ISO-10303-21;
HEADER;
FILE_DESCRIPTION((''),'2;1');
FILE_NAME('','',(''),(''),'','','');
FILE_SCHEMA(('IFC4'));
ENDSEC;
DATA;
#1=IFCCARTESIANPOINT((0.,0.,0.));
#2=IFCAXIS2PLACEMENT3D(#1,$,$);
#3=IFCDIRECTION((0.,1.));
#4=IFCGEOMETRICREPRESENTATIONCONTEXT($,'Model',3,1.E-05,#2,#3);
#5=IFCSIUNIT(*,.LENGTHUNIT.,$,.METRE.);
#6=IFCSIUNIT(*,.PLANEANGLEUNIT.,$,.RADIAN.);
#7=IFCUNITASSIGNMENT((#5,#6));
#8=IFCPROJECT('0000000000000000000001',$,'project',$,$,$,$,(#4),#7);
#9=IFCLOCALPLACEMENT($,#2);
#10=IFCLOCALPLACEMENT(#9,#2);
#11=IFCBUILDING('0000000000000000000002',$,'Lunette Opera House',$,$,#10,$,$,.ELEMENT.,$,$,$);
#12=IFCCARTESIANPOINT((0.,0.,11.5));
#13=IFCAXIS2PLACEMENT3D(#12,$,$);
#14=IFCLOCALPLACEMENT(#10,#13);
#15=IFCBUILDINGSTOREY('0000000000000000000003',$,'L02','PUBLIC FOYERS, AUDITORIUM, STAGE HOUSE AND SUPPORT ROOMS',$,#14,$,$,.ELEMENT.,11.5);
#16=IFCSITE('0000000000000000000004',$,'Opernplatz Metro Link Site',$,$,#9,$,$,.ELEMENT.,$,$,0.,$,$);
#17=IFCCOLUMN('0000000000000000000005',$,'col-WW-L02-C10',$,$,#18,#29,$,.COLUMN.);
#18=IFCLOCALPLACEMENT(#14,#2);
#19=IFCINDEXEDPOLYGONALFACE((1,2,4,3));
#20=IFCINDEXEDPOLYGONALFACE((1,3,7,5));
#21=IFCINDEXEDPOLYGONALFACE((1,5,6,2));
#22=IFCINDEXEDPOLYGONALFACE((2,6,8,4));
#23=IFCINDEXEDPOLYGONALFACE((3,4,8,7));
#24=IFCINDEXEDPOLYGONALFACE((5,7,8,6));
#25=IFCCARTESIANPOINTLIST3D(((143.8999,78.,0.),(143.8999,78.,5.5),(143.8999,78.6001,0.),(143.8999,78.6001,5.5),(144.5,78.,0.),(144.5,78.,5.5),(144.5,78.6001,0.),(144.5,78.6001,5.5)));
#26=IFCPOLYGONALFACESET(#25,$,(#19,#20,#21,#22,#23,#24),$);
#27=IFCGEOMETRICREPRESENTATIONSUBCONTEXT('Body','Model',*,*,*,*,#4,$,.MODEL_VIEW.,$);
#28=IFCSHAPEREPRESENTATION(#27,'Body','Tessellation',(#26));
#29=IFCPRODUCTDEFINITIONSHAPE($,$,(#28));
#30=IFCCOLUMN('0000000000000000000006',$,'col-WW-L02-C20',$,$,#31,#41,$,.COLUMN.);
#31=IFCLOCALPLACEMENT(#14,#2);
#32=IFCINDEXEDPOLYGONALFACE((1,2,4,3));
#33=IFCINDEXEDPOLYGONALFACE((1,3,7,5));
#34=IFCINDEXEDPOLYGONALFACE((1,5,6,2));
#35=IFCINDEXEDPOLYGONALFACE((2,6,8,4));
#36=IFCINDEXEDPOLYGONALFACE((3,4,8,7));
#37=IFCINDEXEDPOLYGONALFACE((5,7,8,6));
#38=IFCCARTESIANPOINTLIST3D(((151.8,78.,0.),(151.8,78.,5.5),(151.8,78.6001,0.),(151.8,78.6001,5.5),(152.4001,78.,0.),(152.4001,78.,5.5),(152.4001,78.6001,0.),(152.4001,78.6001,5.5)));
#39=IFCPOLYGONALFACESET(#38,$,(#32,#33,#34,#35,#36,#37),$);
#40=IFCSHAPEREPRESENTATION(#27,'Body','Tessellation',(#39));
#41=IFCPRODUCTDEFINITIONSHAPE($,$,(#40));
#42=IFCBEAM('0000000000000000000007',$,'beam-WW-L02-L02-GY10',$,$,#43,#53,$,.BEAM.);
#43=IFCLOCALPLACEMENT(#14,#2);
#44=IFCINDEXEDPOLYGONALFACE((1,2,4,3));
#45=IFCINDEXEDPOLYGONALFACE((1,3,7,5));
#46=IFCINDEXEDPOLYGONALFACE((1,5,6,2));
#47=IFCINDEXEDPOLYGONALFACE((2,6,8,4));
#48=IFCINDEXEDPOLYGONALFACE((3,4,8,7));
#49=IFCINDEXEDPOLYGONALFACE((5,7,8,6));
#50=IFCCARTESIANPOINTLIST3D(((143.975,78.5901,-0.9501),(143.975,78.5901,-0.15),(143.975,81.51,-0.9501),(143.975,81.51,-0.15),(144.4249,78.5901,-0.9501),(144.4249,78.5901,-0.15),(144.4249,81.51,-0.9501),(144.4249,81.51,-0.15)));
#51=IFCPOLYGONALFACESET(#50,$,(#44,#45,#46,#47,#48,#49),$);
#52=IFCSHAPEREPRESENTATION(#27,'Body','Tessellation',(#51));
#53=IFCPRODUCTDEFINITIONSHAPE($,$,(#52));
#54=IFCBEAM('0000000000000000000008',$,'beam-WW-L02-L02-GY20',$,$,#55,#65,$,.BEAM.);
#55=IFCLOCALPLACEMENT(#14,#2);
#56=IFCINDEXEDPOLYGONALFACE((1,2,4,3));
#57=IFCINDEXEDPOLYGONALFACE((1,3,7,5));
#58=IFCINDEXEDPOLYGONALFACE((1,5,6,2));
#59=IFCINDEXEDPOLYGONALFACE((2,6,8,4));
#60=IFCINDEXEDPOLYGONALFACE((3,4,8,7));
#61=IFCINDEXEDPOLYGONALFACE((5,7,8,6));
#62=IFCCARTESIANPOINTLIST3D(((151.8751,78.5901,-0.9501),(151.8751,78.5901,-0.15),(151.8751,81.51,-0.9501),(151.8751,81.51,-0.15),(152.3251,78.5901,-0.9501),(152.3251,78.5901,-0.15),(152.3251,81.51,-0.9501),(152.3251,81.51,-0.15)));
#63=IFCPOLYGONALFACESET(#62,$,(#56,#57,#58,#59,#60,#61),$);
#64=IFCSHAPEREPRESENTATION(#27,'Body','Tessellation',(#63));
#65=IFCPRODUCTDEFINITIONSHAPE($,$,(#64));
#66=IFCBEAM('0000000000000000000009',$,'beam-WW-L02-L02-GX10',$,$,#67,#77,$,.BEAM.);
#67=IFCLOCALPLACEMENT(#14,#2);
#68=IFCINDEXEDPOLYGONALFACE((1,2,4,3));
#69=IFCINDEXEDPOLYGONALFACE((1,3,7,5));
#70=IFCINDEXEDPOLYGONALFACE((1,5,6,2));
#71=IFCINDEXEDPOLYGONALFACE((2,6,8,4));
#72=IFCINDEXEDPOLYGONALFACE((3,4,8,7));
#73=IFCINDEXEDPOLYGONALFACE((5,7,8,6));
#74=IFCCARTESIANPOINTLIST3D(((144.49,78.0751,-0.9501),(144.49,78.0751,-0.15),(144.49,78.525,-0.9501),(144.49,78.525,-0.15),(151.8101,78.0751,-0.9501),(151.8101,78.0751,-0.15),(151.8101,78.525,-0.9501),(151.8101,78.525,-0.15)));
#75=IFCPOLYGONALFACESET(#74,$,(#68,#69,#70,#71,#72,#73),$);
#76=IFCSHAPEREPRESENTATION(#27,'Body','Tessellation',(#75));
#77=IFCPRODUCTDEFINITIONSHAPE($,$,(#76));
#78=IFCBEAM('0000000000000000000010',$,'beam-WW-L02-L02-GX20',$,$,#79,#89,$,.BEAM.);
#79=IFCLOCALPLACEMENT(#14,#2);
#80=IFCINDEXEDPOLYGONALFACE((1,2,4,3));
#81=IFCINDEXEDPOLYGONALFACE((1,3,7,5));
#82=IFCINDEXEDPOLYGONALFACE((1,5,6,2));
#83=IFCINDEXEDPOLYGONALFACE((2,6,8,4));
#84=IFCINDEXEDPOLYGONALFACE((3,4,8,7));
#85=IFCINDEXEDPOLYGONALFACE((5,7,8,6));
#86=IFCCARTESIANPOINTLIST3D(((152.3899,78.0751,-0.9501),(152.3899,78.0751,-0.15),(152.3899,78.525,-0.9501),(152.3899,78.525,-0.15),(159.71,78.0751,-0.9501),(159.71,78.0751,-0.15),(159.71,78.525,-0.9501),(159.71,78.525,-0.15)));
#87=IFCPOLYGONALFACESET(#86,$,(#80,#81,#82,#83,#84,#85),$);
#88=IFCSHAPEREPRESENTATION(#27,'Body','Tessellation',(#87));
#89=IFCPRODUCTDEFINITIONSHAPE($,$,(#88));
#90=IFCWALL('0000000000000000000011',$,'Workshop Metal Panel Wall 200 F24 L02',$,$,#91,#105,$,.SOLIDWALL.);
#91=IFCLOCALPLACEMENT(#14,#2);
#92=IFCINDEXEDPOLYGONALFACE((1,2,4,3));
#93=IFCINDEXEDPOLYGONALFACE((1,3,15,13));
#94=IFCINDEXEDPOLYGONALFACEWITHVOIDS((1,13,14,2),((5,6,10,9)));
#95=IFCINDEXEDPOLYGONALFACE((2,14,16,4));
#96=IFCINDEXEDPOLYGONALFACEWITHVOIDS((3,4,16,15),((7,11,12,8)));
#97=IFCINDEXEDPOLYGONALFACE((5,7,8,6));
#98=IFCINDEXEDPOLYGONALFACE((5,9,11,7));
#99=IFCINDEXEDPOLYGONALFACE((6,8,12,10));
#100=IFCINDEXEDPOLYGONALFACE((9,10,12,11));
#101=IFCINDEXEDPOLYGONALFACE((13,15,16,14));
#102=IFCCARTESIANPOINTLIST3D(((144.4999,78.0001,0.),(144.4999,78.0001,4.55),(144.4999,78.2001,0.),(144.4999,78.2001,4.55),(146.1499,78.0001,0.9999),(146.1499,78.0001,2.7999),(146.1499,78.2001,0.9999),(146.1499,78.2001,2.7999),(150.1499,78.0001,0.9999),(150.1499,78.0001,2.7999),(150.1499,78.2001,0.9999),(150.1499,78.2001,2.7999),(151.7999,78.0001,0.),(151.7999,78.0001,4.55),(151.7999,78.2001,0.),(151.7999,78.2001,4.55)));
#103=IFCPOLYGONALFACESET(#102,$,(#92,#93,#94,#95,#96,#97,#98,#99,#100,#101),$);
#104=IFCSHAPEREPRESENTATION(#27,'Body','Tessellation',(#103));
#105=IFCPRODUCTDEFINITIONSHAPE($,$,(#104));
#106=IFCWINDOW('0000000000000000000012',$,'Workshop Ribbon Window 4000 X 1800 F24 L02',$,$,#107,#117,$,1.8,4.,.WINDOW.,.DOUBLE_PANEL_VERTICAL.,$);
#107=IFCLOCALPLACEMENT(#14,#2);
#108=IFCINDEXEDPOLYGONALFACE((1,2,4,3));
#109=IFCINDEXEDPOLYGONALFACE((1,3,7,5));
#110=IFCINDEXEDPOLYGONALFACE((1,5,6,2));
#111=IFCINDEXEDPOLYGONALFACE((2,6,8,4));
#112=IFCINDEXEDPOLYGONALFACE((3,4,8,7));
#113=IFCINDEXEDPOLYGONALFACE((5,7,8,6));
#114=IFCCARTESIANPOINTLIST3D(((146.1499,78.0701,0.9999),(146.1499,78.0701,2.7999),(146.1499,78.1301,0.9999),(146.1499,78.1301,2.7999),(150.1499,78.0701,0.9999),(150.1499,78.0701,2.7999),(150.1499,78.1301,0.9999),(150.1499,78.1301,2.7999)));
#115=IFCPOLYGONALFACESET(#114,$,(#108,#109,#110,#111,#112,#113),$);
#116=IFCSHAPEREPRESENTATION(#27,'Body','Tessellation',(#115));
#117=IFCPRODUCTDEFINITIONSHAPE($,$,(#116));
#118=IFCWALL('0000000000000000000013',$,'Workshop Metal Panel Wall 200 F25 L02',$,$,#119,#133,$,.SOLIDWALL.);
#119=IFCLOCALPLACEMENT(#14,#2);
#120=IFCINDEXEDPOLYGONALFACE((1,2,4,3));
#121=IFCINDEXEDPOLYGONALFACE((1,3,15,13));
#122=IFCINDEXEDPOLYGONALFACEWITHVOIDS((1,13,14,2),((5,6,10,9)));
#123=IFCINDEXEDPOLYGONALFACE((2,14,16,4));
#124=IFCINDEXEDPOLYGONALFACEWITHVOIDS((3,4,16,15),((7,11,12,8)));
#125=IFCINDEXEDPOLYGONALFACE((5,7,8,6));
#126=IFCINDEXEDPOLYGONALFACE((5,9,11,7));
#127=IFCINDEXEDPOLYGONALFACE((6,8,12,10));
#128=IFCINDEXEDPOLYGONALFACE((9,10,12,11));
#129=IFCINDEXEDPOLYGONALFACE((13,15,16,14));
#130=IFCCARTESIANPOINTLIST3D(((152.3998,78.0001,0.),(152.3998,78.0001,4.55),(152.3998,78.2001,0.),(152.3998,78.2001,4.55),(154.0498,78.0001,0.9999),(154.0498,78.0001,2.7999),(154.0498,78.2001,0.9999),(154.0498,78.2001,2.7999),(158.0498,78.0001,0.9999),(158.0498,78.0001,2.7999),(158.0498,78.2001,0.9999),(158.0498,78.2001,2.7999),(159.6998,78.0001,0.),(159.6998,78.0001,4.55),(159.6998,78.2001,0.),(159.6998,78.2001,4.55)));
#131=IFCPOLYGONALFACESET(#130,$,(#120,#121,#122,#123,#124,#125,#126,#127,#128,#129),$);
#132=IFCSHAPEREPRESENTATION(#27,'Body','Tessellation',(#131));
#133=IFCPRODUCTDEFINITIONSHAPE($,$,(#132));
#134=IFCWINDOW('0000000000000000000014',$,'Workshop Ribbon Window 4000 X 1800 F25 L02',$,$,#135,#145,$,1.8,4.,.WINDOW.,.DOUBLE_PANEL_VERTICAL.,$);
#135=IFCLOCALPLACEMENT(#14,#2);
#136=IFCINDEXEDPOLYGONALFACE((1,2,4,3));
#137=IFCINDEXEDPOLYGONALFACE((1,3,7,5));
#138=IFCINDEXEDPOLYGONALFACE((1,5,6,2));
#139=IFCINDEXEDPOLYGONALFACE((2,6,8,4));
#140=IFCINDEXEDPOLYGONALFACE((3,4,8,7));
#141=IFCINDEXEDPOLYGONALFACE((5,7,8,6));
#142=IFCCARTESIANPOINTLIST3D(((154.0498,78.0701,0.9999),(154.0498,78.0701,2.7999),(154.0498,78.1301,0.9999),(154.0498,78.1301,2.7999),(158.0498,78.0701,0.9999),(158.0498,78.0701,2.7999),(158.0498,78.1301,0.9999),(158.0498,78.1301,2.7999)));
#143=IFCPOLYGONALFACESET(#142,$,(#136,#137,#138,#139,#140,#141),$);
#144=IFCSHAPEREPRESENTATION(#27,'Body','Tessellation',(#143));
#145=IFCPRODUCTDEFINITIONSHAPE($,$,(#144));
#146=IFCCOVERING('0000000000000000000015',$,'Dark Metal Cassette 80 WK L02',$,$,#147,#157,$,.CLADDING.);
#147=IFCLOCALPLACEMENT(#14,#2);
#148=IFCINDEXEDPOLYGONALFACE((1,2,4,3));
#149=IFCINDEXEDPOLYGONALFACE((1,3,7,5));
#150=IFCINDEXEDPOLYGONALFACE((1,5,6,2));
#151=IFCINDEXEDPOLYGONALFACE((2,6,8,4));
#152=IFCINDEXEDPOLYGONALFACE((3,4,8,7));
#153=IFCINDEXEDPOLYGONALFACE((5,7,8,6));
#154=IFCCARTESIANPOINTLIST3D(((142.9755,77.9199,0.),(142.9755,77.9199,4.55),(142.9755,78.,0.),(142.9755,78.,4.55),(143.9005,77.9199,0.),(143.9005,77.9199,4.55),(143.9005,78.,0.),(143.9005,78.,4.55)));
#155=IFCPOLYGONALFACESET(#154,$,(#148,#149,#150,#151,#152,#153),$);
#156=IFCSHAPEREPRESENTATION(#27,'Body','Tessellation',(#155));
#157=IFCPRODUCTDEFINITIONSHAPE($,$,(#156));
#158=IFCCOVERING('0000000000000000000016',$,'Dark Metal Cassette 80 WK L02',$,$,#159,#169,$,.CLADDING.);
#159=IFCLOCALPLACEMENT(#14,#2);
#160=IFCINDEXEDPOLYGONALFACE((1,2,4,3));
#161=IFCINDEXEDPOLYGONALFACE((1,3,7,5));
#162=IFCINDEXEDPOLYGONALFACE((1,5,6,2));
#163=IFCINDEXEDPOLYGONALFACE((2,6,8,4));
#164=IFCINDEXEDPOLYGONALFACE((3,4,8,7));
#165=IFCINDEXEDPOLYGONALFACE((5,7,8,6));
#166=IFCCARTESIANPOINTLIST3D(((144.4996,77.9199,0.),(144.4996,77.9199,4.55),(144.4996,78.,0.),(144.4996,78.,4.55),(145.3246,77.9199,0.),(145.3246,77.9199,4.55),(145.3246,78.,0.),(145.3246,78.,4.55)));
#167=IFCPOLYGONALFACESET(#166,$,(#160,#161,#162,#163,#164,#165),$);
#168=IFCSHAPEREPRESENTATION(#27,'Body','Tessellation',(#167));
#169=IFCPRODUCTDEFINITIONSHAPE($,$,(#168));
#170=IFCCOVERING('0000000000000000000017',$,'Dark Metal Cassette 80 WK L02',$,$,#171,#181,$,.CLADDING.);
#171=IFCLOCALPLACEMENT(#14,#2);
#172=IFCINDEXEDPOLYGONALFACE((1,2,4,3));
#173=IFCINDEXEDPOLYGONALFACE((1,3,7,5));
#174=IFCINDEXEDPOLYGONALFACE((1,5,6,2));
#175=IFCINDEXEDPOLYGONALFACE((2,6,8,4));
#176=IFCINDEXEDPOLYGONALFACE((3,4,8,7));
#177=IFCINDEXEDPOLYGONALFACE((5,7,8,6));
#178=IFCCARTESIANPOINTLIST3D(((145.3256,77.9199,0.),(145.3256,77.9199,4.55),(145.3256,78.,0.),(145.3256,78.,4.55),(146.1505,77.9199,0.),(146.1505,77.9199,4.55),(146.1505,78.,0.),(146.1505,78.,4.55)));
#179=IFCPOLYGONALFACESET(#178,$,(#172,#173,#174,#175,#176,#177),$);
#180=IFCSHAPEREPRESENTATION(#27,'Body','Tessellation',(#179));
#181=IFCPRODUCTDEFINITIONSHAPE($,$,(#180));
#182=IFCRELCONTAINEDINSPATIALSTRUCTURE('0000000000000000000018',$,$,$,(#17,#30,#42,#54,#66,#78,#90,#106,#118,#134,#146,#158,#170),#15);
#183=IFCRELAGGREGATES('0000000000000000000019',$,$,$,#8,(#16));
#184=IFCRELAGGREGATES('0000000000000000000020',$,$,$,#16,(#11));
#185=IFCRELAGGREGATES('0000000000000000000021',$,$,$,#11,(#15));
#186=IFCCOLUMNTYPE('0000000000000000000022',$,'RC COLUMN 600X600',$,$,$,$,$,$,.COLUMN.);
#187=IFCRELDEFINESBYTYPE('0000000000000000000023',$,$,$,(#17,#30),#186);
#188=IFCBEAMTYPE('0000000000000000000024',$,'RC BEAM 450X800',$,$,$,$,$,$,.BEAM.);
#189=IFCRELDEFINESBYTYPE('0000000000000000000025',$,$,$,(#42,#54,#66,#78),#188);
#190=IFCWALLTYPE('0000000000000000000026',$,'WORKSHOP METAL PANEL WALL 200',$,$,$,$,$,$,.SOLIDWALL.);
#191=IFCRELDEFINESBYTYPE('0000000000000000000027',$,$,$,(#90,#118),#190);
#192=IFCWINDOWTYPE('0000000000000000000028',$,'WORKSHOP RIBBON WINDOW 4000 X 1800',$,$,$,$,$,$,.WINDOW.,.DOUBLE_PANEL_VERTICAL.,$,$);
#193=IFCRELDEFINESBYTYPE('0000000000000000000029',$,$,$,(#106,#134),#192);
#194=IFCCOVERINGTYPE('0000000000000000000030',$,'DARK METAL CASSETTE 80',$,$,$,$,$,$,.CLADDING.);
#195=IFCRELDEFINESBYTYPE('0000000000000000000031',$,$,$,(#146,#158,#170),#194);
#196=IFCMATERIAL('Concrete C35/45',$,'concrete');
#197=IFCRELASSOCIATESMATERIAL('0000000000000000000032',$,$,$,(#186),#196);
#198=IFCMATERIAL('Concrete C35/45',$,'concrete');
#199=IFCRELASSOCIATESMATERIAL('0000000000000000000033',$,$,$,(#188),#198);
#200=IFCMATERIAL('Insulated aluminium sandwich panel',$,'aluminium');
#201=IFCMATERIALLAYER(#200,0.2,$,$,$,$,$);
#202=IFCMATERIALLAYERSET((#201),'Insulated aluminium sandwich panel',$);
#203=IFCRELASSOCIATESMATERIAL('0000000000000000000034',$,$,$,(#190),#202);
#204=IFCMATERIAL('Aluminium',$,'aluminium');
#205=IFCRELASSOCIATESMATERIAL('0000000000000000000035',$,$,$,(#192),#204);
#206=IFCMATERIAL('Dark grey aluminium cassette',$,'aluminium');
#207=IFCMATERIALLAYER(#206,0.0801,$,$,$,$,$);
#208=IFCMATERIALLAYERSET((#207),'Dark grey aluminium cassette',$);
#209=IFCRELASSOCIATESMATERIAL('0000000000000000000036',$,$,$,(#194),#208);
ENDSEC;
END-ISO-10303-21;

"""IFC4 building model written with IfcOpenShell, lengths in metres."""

from ifc_helpers import new_model, si_unit, direction, frame, frame_2d, origin, origin_2d, place, context, subcontext, project, spatial, rectangle, extrude, material, layer, layer_set, material_profile, profile_set, type_object, element, fill, save


model = new_model("IFC4")

# Units and contexts
model_context = context("Model", 3, precision=1e-05, world=origin(), true_north=direction((0.0, 1.0)))
body_context = subcontext(model_context, "Body", "Model", "MODEL_VIEW")
ifc_project = project(units=[si_unit("LENGTHUNIT", "METRE"), si_unit("PLANEANGLEUNIT", "RADIAN")], contexts=[model_context])

# Site, building, storey
site_placement = place(None, origin())
site = spatial("IfcSite", under=ifc_project, at=site_placement, Name="Opernplatz Metro Link Site", CompositionType="ELEMENT", RefElevation=0.0)
building_placement = place(site_placement, origin())
building = spatial("IfcBuilding", under=site, at=building_placement, Name="Lunette Opera House", CompositionType="ELEMENT")
storey_placement = place(building_placement, frame((0.0, 0.0, 11.5)))
storey = spatial("IfcBuildingStorey", under=building, at=storey_placement, Name="L02", Description="PUBLIC FOYERS, AUDITORIUM, STAGE HOUSE AND SUPPORT ROOMS", CompositionType="ELEMENT", Elevation=11.5)

# Columns
ifc_material_1 = material(Name="Concrete C35/45", Category="concrete")
ifc_material_profile_1 = material_profile(ifc_material_1, rectangle(XDim=0.6001, YDim=0.6001, at=origin_2d()), Name="RC COLUMN 600X600")
ifc_profile_set_1 = profile_set([ifc_material_profile_1], Name="Concrete C35/45")
column_type = type_object("IfcColumnType", Name="RC COLUMN 600X600", PredefinedType="COLUMN", material=ifc_profile_set_1)
for number, where, z_axis, x_axis, name in (
    (1, (144.2, 78.3, 0.0), (0.0, 0.0, 1.0), (1.0, 0.0, 0.0), "col-WW-L02-C10"),
    (2, (152.1001, 78.3, 0.0), (0.0, 0.0, 1.0), (1.0, 0.0, 0.0), "col-WW-L02-C20"),
):
    element("IfcColumn", number, at=place(storey_placement, frame(where, z_axis=z_axis, x_axis=x_axis)), inside=storey, type_object=column_type, Name=name, PredefinedType="COLUMN", context=body_context, shape_type="SweptSolid", body=[
        extrude(rectangle(XDim=0.6001, YDim=0.6001, at=origin_2d()), origin(), (0.0, 0.0, 1.0), 5.5),
    ])

# Beams
ifc_material_2 = material(Name="Concrete C35/45", Category="concrete")
ifc_material_profile_2 = material_profile(ifc_material_2, rectangle(XDim=0.45, YDim=0.8, at=origin_2d()), Name="RC BEAM 450X800")
ifc_profile_set_2 = profile_set([ifc_material_profile_2], Name="Concrete C35/45")
beam_type = type_object("IfcBeamType", Name="RC BEAM 450X800", PredefinedType="BEAM", material=ifc_profile_set_2)
for number, where, z_axis, x_axis, name in (
    (3, (144.2, 78.5901, -0.55), (0.0, 1.0, 0.0), (-1.0, 0.0, 0.0), "beam-WW-L02-L02-GY10"),
    (4, (152.1001, 78.5901, -0.55), (0.0, 1.0, 0.0), (-1.0, 0.0, 0.0), "beam-WW-L02-L02-GY20"),
):
    element("IfcBeam", number, at=place(storey_placement, frame(where, z_axis=z_axis, x_axis=x_axis)), inside=storey, type_object=beam_type, Name=name, PredefinedType="BEAM", context=body_context, shape_type="SweptSolid", body=[
        extrude(rectangle(XDim=0.45, YDim=0.8, at=origin_2d()), origin(), (0.0, 0.0, 1.0), 2.9199),
    ])
for number, where, z_axis, x_axis, name in (
    (5, (144.49, 78.3, -0.55), (1.0, 0.0, 0.0), (0.0, 1.0, 0.0), "beam-WW-L02-L02-GX10"),
    (6, (152.3899, 78.3, -0.55), (1.0, 0.0, 0.0), (0.0, 1.0, 0.0), "beam-WW-L02-L02-GX20"),
):
    element("IfcBeam", number, at=place(storey_placement, frame(where, z_axis=z_axis, x_axis=x_axis)), inside=storey, type_object=beam_type, Name=name, PredefinedType="BEAM", context=body_context, shape_type="SweptSolid", body=[
        extrude(rectangle(XDim=0.45, YDim=0.8, at=origin_2d()), origin(), (0.0, 0.0, 1.0), 7.3201),
    ])

# Walls, openings, windows
ifc_material_3 = material(Name="Insulated aluminium sandwich panel", Category="aluminium")
ifc_layer_1 = layer(ifc_material_3, 0.2)
ifc_layer_set_1 = layer_set([ifc_layer_1], Name="Insulated aluminium sandwich panel")
wall_type = type_object("IfcWallType", Name="WORKSHOP METAL PANEL WALL 200", PredefinedType="SOLIDWALL", material=ifc_layer_set_1)
wall_1_placement = place(storey_placement, frame((144.5, 78.1001, 0.0), z_axis=(0.0, 0.0, 1.0), x_axis=(1.0, 0.0, 0.0)))
wall_1 = element("IfcWall", 7, at=wall_1_placement, inside=storey, type_object=wall_type, Name="Workshop Metal Panel Wall 200 F24 L02", PredefinedType="SOLIDWALL", context=body_context, shape_type="SweptSolid", body=[
    extrude(rectangle(XDim=7.3, YDim=0.2, at=frame_2d((3.6499, 0.0))), origin(), (0.0, 0.0, 1.0), 4.55),
])
opening_1_placement = place(wall_1_placement, frame((1.6499, 0.0, 1.0)))
opening_1 = element("IfcOpeningElement", 8, at=opening_1_placement, cuts=wall_1, PredefinedType="OPENING", context=body_context, shape_type="SweptSolid", body=[
    extrude(rectangle(XDim=4.0, YDim=1.8, at=frame_2d((2.0, 0.8999))), frame((0.0, 0.1121, 0.0), z_axis=(0.0, -1.0, 0.0), x_axis=(1.0, 0.0, 0.0)), (0.0, 0.0, 1.0), 0.2239),
])
ifc_material_4 = material(Name="Aluminium", Category="aluminium")
window_type = type_object("IfcWindowType", Name="WORKSHOP RIBBON WINDOW 4000 X 1800", PartitioningType="DOUBLE_PANEL_VERTICAL", PredefinedType="WINDOW", material=ifc_material_4)
window_1_placement = place(opening_1_placement, origin())
window_1 = element("IfcWindow", 9, at=window_1_placement, inside=storey, type_object=window_type, Name="Workshop Ribbon Window 4000 X 1800 F24 L02", OverallHeight=1.8, OverallWidth=4.0, PartitioningType="DOUBLE_PANEL_VERTICAL", PredefinedType="WINDOW", context=body_context, shape_type="SweptSolid", body=[
    extrude(rectangle(XDim=4.0, YDim=1.8, at=frame_2d((2.0, 0.8999))), frame((0.0, 0.03, 0.0), z_axis=(0.0, -1.0, 0.0), x_axis=(1.0, 0.0, 0.0)), (0.0, 0.0, 1.0), 0.0601),
])
fill(opening_1, window_1)
wall_2_placement = place(storey_placement, frame((152.3999, 78.1001, 0.0), z_axis=(0.0, 0.0, 1.0), x_axis=(1.0, 0.0, 0.0)))
wall_2 = element("IfcWall", 10, at=wall_2_placement, inside=storey, type_object=wall_type, Name="Workshop Metal Panel Wall 200 F25 L02", PredefinedType="SOLIDWALL", context=body_context, shape_type="SweptSolid", body=[
    extrude(rectangle(XDim=7.3, YDim=0.2, at=frame_2d((3.6499, 0.0))), origin(), (0.0, 0.0, 1.0), 4.55),
])
opening_2_placement = place(wall_2_placement, frame((1.6499, 0.0, 1.0)))
opening_2 = element("IfcOpeningElement", 11, at=opening_2_placement, cuts=wall_2, PredefinedType="OPENING", context=body_context, shape_type="SweptSolid", body=[
    extrude(rectangle(XDim=4.0, YDim=1.8, at=frame_2d((2.0, 0.8999))), frame((0.0, 0.1121, 0.0), z_axis=(0.0, -1.0, 0.0), x_axis=(1.0, 0.0, 0.0)), (0.0, 0.0, 1.0), 0.2239),
])
window_2_placement = place(opening_2_placement, origin())
window_2 = element("IfcWindow", 12, at=window_2_placement, inside=storey, type_object=window_type, Name="Workshop Ribbon Window 4000 X 1800 F25 L02", OverallHeight=1.8, OverallWidth=4.0, PartitioningType="DOUBLE_PANEL_VERTICAL", PredefinedType="WINDOW", context=body_context, shape_type="SweptSolid", body=[
    extrude(rectangle(XDim=4.0, YDim=1.8, at=frame_2d((2.0, 0.8999))), frame((0.0, 0.03, 0.0), z_axis=(0.0, -1.0, 0.0), x_axis=(1.0, 0.0, 0.0)), (0.0, 0.0, 1.0), 0.0601),
])
fill(opening_2, window_2)

# Coverings
ifc_material_5 = material(Name="Dark grey aluminium cassette", Category="aluminium")
ifc_layer_2 = layer(ifc_material_5, 0.0801)
ifc_layer_set_2 = layer_set([ifc_layer_2], Name="Dark grey aluminium cassette")
covering_type = type_object("IfcCoveringType", Name="DARK METAL CASSETTE 80", PredefinedType="CLADDING", material=ifc_layer_set_2)
covering_1_placement = place(storey_placement, frame((143.438, 77.96, 0.0), z_axis=(0.0, 0.0, 1.0), x_axis=(1.0, 0.0, 0.0)))
element("IfcCovering", 13, at=covering_1_placement, inside=storey, type_object=covering_type, Name="Dark Metal Cassette 80 WK L02", PredefinedType="CLADDING", context=body_context, shape_type="SweptSolid", body=[
    extrude(rectangle(XDim=0.925, YDim=0.0801, at=origin_2d()), origin(), (0.0, 0.0, 1.0), 4.55),
])
for number, where, z_axis, x_axis, name in (
    (14, (144.9121, 77.96, 0.0), (0.0, 0.0, 1.0), (1.0, 0.0, 0.0), "Dark Metal Cassette 80 WK L02"),
    (15, (145.738, 77.96, 0.0), (0.0, 0.0, 1.0), (1.0, 0.0, 0.0), "Dark Metal Cassette 80 WK L02"),
):
    element("IfcCovering", number, at=place(storey_placement, frame(where, z_axis=z_axis, x_axis=x_axis)), inside=storey, type_object=covering_type, Name=name, PredefinedType="CLADDING", context=body_context, shape_type="SweptSolid", body=[
        extrude(rectangle(XDim=0.825, YDim=0.0801, at=origin_2d()), origin(), (0.0, 0.0, 1.0), 4.55),
    ])

save(model, "model.ifc")
